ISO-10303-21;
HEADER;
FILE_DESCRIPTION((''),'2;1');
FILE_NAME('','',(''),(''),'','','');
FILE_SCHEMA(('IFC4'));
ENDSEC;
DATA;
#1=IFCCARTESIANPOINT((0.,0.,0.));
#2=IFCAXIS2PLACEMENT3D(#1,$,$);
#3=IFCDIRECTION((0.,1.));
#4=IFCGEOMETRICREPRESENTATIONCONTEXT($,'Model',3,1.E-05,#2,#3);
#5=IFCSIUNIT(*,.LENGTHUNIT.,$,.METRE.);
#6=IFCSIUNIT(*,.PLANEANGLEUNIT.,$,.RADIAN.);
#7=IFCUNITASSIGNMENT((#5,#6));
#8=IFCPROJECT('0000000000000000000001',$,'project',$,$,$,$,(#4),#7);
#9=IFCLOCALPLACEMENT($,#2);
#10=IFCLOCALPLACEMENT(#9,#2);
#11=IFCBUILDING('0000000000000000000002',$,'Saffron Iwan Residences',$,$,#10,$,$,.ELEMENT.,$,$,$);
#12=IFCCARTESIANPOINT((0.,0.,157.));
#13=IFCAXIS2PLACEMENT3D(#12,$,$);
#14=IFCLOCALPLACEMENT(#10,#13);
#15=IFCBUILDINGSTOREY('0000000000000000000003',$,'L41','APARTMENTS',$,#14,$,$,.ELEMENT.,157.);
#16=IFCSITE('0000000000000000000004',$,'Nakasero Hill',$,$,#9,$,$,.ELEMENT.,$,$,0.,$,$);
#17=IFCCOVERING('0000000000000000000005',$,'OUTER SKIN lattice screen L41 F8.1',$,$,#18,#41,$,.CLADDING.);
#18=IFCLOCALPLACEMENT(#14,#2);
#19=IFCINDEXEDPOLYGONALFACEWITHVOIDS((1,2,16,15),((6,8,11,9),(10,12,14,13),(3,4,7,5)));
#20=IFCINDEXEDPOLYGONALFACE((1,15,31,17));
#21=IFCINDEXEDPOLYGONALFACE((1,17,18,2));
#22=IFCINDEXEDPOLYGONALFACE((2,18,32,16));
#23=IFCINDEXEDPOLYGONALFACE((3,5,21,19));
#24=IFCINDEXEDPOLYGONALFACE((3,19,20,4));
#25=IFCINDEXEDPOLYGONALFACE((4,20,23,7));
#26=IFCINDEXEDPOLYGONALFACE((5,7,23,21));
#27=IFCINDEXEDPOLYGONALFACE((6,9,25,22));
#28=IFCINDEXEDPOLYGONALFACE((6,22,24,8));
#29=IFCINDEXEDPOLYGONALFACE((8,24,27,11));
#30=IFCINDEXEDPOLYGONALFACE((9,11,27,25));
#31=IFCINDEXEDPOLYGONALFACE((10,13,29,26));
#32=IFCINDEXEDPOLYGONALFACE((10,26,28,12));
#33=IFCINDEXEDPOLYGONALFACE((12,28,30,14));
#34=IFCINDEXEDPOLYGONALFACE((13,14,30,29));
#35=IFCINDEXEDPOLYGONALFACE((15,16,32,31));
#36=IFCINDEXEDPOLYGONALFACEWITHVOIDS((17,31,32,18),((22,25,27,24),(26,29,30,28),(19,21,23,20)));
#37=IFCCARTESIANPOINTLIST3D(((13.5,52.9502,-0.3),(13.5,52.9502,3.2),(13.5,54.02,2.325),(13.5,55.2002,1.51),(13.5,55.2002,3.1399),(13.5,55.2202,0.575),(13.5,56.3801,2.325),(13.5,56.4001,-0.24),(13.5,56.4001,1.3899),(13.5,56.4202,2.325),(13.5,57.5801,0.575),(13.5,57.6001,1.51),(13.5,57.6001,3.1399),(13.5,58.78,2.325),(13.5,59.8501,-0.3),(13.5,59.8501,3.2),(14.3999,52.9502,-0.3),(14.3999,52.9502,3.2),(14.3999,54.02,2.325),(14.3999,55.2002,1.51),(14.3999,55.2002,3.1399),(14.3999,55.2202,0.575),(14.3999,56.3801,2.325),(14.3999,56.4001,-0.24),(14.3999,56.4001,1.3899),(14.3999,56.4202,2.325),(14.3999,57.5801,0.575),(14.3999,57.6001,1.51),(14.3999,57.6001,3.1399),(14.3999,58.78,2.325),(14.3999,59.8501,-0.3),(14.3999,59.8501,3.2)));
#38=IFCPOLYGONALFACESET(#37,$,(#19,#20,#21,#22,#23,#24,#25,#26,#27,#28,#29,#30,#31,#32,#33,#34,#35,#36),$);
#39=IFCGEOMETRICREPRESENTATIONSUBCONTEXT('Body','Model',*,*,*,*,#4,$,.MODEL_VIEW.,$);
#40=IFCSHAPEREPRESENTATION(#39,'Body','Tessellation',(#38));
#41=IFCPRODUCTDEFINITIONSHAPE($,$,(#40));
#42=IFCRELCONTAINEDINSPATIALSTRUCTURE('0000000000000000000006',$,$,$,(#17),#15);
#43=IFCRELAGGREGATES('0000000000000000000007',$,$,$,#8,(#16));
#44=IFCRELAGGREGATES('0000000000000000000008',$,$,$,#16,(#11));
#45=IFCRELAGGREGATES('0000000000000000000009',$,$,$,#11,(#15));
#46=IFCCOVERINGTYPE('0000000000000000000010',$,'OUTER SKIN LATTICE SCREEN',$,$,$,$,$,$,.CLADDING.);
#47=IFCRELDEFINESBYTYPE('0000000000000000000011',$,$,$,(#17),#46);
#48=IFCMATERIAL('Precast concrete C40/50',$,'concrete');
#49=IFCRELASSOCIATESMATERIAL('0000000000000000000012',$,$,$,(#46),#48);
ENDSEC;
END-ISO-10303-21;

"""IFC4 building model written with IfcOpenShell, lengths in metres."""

from ifc_helpers import new_model, si_unit, direction, frame, origin, place, context, subcontext, project, spatial, polyline, outline, extrude, material, type_object, element, save


model = new_model("IFC4")

# Units and contexts
model_context = context("Model", 3, precision=1e-05, world=origin(), true_north=direction((0.0, 1.0)))
body_context = subcontext(model_context, "Body", "Model", "MODEL_VIEW")
ifc_project = project(units=[si_unit("LENGTHUNIT", "METRE"), si_unit("PLANEANGLEUNIT", "RADIAN")], contexts=[model_context])

# Site, building, storey
site_placement = place(None, origin())
site = spatial("IfcSite", under=ifc_project, at=site_placement, Name="Nakasero Hill", CompositionType="ELEMENT", RefElevation=0.0)
building_placement = place(site_placement, origin())
building = spatial("IfcBuilding", under=site, at=building_placement, Name="Saffron Iwan Residences", CompositionType="ELEMENT")
storey_placement = place(building_placement, frame((0.0, 0.0, 157.0)))
storey = spatial("IfcBuildingStorey", under=building, at=storey_placement, Name="L41", Description="APARTMENTS", CompositionType="ELEMENT", Elevation=157.0)

# Covering
ifc_material_1 = material(Name="Precast concrete C40/50", Category="concrete")
covering_type = type_object("IfcCoveringType", Name="OUTER SKIN LATTICE SCREEN", PredefinedType="CLADDING", material=ifc_material_1)
covering_placement = place(storey_placement, frame((14.3999, 59.8501, -0.3), z_axis=(-1.0, 0.0, 0.0), x_axis=(0.0, -1.0, 0.0)))
element("IfcCovering", 1, at=covering_placement, inside=storey, type_object=covering_type, Name="OUTER SKIN lattice screen L41 F8.1", PredefinedType="CLADDING", context=body_context, shape_type="SweptSolid", body=[
    extrude(outline(polyline([(0.0, 0.0), (6.8999, 0.0), (6.8999, 3.5), (0.0, 3.5), (0.0, 0.0)]), holes=[polyline([(2.27, 0.875), (3.45, 0.0601), (4.6299, 0.875), (3.45, 1.6899), (2.27, 0.875)]), polyline([(1.0701, 2.625), (2.25, 1.8101), (3.4299, 2.625), (2.25, 3.4399), (1.0701, 2.625)]), polyline([(3.47, 2.625), (4.6499, 1.8101), (5.8301, 2.625), (4.6499, 3.4399), (3.47, 2.625)])]), origin(), (0.0, 0.0, 1.0), 0.8999),
])

save(model, "model.ifc")
